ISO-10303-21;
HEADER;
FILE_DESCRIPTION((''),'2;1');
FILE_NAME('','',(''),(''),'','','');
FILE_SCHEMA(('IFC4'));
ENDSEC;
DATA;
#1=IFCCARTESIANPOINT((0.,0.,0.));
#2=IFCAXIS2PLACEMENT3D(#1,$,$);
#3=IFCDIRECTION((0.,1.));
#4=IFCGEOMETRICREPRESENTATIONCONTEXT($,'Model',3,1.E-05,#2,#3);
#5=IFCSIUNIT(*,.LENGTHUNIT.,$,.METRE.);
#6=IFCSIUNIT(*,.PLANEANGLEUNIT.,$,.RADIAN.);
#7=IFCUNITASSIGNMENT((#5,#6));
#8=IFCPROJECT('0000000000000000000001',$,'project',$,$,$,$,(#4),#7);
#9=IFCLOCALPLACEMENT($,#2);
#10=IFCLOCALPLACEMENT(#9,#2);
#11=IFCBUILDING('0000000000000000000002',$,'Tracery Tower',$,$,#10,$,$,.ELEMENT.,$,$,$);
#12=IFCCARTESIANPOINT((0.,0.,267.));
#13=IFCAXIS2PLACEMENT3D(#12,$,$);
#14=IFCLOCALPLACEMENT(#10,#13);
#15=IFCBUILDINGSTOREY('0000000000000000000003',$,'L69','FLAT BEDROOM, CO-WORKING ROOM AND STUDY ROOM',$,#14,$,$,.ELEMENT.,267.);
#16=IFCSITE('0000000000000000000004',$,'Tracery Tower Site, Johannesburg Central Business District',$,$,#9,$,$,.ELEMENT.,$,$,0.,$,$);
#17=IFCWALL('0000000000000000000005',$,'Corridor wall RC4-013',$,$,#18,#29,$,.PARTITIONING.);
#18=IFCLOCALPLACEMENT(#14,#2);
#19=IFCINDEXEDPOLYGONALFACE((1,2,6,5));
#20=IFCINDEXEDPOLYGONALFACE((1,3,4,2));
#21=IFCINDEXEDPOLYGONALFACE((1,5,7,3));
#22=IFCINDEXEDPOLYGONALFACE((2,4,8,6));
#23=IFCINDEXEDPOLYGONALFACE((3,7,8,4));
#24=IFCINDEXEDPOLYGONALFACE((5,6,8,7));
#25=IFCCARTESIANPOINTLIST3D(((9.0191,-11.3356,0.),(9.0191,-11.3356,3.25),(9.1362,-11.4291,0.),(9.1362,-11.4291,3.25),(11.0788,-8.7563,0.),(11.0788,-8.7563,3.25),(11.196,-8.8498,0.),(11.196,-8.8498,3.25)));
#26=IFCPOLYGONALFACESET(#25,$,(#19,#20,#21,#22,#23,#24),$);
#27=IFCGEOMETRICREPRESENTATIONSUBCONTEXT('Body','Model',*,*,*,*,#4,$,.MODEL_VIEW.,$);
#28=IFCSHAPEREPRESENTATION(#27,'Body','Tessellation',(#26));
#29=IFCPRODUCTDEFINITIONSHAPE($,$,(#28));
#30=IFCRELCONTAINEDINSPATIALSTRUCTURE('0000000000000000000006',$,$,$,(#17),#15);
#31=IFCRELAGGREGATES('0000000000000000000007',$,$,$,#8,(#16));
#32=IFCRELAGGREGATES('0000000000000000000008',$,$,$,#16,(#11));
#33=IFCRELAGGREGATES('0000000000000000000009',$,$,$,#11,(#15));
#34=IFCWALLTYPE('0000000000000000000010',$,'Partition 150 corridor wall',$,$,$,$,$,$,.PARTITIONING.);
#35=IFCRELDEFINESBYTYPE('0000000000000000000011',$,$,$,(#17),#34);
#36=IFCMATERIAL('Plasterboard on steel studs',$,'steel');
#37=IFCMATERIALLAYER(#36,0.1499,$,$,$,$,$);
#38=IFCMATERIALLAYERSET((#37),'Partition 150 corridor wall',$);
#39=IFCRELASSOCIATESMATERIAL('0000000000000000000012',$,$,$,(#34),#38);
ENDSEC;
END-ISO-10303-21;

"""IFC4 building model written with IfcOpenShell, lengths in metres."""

from ifc_helpers import new_model, si_unit, direction, frame, frame_2d, origin, place, context, subcontext, project, spatial, rectangle, extrude, material, layer, layer_set, type_object, element, save


model = new_model("IFC4")

# Units and contexts
model_context = context("Model", 3, precision=1e-05, world=origin(), true_north=direction((0.0, 1.0)))
body_context = subcontext(model_context, "Body", "Model", "MODEL_VIEW")
ifc_project = project(units=[si_unit("LENGTHUNIT", "METRE"), si_unit("PLANEANGLEUNIT", "RADIAN")], contexts=[model_context])

# Site, building, storey
site_placement = place(None, origin())
site = spatial("IfcSite", under=ifc_project, at=site_placement, Name="Tracery Tower Site, Johannesburg Central Business District", CompositionType="ELEMENT", RefElevation=0.0)
building_placement = place(site_placement, origin())
building = spatial("IfcBuilding", under=site, at=building_placement, Name="Tracery Tower", CompositionType="ELEMENT")
storey_placement = place(building_placement, frame((0.0, 0.0, 267.0)))
storey = spatial("IfcBuildingStorey", under=building, at=storey_placement, Name="L69", Description="FLAT BEDROOM, CO-WORKING ROOM AND STUDY ROOM", CompositionType="ELEMENT", Elevation=267.0)

# Wall
ifc_material_1 = material(Name="Plasterboard on steel studs", Category="steel")
ifc_layer_1 = layer(ifc_material_1, 0.1499)
ifc_layer_set_1 = layer_set([ifc_layer_1], Name="Partition 150 corridor wall")
wall_type_1 = type_object("IfcWallType", Name="Partition 150 corridor wall", PredefinedType="PARTITIONING", material=ifc_layer_set_1)
wall_1_placement = place(storey_placement, frame((9.0776, -11.3823, 0.0), z_axis=(0.0, 0.0, 1.0), x_axis=(0.624018, 0.78141, 0.0)))
element("IfcWall", 1, at=wall_1_placement, inside=storey, type_object=wall_type_1, Name="Corridor wall RC4-013", PredefinedType="PARTITIONING", context=body_context, shape_type="SweptSolid", body=[
    extrude(rectangle(XDim=3.3008, YDim=0.1499, at=frame_2d((1.6504, 0.0))), origin(), (0.0, 0.0, 1.0), 3.25),
])

save(model, "model.ifc")
